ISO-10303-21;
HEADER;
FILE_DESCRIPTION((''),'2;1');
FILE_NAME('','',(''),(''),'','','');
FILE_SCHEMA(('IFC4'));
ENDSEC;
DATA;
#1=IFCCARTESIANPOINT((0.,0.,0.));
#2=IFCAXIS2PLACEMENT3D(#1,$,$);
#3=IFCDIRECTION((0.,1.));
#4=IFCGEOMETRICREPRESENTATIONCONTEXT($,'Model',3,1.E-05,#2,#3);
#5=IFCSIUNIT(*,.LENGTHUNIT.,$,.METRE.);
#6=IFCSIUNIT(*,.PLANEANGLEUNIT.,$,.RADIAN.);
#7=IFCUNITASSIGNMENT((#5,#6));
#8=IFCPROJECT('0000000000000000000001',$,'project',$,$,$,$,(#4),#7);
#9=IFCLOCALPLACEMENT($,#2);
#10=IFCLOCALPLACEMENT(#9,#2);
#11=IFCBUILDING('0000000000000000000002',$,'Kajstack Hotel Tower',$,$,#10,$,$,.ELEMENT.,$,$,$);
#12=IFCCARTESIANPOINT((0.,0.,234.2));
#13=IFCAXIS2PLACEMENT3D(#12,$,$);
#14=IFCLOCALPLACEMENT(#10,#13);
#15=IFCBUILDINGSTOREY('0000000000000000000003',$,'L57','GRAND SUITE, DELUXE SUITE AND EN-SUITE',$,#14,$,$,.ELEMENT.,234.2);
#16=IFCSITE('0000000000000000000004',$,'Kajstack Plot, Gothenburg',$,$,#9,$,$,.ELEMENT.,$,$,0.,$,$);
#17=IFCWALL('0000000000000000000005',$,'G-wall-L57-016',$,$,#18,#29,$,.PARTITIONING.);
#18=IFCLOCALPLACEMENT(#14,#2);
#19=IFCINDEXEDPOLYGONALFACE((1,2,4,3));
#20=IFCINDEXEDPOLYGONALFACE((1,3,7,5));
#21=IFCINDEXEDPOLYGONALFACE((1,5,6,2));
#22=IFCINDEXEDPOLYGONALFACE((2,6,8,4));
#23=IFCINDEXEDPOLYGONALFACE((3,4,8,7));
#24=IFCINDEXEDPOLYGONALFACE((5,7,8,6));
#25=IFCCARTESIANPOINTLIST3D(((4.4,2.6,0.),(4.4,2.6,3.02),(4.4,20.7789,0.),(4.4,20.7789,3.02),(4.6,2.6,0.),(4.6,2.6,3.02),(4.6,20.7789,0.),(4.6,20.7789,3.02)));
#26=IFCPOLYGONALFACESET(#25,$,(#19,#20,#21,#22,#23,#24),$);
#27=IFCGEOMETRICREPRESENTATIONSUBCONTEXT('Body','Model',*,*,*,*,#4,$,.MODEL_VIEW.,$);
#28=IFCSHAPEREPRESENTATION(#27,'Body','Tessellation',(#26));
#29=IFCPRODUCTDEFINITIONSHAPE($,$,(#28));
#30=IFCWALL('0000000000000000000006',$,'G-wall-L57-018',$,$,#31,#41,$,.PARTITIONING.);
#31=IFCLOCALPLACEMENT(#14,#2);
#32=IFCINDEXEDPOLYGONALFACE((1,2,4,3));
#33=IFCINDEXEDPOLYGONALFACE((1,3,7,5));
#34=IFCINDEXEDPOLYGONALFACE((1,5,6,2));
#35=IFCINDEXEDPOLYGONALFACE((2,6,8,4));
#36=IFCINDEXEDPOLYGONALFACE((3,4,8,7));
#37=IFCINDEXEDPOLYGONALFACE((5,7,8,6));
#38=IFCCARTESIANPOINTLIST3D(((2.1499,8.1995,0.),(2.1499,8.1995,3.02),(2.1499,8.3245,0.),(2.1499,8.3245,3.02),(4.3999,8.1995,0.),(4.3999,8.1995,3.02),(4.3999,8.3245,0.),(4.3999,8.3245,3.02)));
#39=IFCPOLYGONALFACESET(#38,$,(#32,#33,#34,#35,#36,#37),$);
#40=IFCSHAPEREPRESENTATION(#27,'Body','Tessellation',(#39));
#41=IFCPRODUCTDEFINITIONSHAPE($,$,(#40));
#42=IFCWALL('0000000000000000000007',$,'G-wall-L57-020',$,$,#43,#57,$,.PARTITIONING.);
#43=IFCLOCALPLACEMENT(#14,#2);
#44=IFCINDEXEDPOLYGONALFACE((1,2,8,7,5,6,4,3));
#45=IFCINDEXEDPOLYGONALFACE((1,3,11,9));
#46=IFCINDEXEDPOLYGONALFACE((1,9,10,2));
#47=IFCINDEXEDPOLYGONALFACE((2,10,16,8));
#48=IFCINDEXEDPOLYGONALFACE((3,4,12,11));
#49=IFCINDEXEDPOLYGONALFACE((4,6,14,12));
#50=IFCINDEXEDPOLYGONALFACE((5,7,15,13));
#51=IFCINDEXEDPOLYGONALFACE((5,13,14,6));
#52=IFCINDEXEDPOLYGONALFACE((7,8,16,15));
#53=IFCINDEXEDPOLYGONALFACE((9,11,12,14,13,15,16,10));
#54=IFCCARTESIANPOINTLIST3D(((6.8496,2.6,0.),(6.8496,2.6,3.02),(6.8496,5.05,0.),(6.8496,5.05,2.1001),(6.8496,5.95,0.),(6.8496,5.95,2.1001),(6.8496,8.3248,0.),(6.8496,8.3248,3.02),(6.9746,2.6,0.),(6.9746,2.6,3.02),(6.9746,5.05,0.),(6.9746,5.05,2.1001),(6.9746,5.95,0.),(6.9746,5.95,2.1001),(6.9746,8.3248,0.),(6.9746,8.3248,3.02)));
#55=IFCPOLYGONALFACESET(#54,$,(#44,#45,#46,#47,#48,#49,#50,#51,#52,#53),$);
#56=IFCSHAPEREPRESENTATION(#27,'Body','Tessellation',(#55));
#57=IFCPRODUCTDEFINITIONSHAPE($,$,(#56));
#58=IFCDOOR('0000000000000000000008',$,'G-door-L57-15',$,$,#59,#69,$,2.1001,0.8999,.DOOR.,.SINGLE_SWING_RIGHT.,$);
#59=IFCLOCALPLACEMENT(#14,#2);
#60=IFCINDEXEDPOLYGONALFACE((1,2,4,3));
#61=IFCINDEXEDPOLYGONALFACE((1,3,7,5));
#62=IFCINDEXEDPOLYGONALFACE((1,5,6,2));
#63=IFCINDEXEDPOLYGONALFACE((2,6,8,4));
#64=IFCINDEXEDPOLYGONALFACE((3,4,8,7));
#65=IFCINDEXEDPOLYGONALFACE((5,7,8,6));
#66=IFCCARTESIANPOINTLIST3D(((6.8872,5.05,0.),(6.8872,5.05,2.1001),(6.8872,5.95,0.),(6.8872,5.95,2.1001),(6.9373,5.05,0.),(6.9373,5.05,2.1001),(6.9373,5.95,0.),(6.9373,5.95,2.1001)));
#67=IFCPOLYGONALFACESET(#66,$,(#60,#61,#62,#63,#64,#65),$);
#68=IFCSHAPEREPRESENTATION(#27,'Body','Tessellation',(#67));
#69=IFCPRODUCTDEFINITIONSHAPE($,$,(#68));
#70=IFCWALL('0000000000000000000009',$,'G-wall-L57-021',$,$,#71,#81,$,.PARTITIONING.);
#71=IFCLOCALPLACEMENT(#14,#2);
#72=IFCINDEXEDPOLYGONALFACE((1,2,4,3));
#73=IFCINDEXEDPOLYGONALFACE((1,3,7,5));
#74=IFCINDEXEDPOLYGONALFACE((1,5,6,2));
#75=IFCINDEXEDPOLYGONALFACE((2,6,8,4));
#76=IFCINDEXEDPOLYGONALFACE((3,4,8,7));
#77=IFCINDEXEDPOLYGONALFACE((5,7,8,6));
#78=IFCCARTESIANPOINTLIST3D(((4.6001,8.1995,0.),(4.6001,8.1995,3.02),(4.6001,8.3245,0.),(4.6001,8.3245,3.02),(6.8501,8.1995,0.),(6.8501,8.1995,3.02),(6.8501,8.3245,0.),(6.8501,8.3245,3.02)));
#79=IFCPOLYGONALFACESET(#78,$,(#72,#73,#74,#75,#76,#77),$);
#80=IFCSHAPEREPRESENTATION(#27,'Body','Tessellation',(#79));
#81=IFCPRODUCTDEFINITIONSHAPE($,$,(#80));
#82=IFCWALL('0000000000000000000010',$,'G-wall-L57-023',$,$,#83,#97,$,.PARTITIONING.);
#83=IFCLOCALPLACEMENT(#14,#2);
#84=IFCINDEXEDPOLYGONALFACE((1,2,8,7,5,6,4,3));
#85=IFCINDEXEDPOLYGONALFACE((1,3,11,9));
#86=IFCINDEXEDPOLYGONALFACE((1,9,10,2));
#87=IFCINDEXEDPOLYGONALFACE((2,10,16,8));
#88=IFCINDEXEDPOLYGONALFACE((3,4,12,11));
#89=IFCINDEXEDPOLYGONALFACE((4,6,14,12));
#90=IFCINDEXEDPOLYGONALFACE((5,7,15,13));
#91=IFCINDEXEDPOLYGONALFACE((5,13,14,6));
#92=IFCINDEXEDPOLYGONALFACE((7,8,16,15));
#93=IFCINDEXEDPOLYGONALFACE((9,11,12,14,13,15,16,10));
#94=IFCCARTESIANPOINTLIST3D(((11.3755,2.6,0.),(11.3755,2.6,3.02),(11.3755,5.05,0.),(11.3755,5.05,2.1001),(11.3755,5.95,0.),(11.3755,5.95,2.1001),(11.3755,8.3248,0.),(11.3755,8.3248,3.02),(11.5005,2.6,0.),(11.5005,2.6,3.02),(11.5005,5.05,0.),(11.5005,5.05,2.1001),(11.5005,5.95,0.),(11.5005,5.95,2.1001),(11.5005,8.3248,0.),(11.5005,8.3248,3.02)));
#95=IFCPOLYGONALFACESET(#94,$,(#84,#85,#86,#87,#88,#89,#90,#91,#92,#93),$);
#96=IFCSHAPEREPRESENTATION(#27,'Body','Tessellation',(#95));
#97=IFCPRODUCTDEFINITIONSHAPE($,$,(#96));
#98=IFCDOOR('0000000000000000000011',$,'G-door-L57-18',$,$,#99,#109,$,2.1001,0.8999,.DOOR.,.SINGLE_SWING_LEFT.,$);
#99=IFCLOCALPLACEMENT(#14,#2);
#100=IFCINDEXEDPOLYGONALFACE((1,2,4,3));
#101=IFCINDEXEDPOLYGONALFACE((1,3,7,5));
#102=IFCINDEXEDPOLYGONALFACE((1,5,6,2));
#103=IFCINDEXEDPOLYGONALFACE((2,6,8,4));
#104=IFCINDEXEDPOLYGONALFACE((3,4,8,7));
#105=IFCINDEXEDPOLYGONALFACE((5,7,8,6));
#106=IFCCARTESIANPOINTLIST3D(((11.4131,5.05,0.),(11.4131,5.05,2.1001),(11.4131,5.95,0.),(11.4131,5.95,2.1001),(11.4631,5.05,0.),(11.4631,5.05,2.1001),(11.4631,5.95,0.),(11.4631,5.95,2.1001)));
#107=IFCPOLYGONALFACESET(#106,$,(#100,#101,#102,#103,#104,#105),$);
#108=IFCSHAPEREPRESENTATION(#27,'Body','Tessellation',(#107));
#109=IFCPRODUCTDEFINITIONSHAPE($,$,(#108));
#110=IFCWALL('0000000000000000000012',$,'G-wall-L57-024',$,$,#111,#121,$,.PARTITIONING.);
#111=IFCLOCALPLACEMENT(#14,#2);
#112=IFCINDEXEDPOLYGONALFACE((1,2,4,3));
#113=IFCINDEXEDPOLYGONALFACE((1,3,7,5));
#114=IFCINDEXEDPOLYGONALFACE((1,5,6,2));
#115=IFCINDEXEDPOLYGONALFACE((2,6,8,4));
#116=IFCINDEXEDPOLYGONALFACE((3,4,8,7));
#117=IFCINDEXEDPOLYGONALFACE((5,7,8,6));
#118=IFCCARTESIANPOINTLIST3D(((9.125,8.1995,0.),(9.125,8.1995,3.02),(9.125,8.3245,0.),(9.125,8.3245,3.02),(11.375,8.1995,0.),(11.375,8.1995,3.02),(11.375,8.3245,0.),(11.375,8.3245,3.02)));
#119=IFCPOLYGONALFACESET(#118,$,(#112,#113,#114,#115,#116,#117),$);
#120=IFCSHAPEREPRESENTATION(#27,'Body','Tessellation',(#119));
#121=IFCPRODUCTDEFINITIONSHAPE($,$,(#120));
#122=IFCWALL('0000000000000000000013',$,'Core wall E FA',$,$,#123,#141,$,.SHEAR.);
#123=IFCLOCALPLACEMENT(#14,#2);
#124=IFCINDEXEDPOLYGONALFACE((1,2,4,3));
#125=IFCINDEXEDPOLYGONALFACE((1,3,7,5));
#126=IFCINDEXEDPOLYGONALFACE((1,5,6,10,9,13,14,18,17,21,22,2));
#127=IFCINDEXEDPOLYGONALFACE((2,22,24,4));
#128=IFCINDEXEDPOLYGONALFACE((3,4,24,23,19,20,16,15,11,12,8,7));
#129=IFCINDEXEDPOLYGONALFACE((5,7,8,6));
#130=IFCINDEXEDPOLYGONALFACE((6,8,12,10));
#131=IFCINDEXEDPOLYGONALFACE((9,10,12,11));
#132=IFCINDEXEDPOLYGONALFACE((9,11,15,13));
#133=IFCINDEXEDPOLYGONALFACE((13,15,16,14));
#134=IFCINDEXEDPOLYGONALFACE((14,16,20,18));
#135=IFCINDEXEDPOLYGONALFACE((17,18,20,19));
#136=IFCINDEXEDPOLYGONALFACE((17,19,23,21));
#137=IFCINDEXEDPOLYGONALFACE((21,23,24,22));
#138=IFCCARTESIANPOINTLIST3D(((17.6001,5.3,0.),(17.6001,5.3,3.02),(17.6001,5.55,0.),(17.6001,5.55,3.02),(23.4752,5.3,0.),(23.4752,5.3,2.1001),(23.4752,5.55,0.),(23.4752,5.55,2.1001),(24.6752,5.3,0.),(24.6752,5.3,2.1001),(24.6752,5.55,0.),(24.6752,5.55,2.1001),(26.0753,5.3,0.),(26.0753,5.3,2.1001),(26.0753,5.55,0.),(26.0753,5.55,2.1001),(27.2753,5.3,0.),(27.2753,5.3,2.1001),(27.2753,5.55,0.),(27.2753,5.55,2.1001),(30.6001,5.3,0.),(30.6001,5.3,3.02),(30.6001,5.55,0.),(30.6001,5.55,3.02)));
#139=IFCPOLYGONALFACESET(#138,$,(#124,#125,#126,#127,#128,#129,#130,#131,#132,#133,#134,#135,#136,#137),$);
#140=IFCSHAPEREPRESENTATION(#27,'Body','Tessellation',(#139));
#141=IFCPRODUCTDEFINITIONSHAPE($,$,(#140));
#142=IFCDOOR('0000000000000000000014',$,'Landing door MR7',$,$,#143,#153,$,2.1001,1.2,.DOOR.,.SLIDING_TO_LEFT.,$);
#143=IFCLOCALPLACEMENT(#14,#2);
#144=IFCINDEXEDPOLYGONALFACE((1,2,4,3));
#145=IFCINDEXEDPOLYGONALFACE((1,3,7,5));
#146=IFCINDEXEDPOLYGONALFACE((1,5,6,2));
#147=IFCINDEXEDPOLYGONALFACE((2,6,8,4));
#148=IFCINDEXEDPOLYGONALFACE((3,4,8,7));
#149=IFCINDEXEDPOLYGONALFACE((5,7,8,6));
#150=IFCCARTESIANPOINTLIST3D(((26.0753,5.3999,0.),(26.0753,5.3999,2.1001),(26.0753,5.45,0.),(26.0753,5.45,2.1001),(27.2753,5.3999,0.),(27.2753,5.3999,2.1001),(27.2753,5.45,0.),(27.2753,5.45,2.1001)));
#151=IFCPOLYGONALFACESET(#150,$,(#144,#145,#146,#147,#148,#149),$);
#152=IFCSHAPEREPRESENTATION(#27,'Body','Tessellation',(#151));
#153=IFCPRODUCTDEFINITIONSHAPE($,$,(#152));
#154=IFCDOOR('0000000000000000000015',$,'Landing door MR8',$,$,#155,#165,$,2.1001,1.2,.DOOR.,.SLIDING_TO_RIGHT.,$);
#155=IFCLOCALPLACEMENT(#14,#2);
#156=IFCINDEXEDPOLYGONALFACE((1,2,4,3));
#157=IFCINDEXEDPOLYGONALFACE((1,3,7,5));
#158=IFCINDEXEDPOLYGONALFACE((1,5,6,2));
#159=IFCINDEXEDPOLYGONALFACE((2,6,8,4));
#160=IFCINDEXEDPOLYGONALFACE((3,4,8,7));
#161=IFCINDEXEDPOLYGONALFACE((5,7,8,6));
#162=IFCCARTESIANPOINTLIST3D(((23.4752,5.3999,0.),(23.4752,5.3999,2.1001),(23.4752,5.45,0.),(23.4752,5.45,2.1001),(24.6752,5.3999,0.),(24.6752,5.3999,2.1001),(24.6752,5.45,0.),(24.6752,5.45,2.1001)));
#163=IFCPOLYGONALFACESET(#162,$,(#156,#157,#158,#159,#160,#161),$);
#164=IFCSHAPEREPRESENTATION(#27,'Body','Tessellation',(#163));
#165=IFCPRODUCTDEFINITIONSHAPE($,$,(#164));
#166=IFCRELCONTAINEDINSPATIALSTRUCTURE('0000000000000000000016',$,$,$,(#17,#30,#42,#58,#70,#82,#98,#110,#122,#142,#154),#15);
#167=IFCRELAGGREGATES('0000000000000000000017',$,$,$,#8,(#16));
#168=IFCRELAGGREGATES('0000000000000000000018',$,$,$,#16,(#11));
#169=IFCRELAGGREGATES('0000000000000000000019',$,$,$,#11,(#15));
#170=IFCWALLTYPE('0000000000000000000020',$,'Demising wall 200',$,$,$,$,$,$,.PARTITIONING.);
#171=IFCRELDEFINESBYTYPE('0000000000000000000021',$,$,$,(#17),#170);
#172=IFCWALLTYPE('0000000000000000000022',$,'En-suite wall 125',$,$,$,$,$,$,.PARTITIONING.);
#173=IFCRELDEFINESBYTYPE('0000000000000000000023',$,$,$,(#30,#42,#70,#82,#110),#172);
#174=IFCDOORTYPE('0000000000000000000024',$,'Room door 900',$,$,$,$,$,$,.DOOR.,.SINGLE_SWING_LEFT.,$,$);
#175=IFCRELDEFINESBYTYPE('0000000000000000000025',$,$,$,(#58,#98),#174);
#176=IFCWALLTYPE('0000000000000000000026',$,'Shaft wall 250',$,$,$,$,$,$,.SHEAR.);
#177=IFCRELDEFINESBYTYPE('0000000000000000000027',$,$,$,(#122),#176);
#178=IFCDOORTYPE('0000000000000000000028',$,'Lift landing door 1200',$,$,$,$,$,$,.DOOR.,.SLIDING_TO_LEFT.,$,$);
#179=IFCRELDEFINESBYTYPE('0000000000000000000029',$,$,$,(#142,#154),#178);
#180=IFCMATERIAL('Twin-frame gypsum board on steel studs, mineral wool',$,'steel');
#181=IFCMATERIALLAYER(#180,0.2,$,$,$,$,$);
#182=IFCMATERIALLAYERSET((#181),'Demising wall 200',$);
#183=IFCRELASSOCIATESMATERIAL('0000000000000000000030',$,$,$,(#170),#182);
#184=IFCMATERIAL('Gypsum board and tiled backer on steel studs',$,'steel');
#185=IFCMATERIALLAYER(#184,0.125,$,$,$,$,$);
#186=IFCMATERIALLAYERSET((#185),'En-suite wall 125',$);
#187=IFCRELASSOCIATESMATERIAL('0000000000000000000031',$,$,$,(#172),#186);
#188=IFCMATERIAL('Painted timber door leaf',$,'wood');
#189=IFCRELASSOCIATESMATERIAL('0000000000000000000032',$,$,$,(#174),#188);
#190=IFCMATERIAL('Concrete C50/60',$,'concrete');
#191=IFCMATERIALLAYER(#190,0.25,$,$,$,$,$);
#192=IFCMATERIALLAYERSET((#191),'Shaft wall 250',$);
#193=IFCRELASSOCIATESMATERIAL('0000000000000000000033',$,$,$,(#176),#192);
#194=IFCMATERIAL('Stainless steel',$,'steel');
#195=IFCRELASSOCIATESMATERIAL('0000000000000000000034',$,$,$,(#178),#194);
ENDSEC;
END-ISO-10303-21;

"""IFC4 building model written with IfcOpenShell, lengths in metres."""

from ifc_helpers import new_model, si_unit, direction, frame, frame_2d, origin, place, context, subcontext, project, spatial, rectangle, extrude, material, layer, layer_set, type_object, element, fill, save


model = new_model("IFC4")

# Units and contexts
model_context = context("Model", 3, precision=1e-05, world=origin(), true_north=direction((0.0, 1.0)))
body_context = subcontext(model_context, "Body", "Model", "MODEL_VIEW")
ifc_project = project(units=[si_unit("LENGTHUNIT", "METRE"), si_unit("PLANEANGLEUNIT", "RADIAN")], contexts=[model_context])

# Site, building, storey
site_placement = place(None, origin())
site = spatial("IfcSite", under=ifc_project, at=site_placement, Name="Kajstack Plot, Gothenburg", CompositionType="ELEMENT", RefElevation=0.0)
building_placement = place(site_placement, origin())
building = spatial("IfcBuilding", under=site, at=building_placement, Name="Kajstack Hotel Tower", CompositionType="ELEMENT")
storey_placement = place(building_placement, frame((0.0, 0.0, 234.2)))
storey = spatial("IfcBuildingStorey", under=building, at=storey_placement, Name="L57", Description="GRAND SUITE, DELUXE SUITE AND EN-SUITE", CompositionType="ELEMENT", Elevation=234.2)

# Walls
ifc_material_1 = material(Name="Twin-frame gypsum board on steel studs, mineral wool", Category="steel")
ifc_layer_1 = layer(ifc_material_1, 0.2)
ifc_layer_set_1 = layer_set([ifc_layer_1], Name="Demising wall 200")
wall_type_1 = type_object("IfcWallType", Name="Demising wall 200", PredefinedType="PARTITIONING", material=ifc_layer_set_1)
wall_1_placement = place(storey_placement, frame((4.5, 2.6001, 0.0), z_axis=(0.0, 0.0, 1.0), x_axis=(0.0, 1.0, 0.0)))
element("IfcWall", 1, at=wall_1_placement, inside=storey, type_object=wall_type_1, Name="G-wall-L57-016", PredefinedType="PARTITIONING", context=body_context, shape_type="SweptSolid", body=[
    extrude(rectangle(XDim=18.179, YDim=0.2, at=frame_2d((9.0894, 0.0))), origin(), (0.0, 0.0, 1.0), 3.02),
])
ifc_material_2 = material(Name="Gypsum board and tiled backer on steel studs", Category="steel")
ifc_layer_2 = layer(ifc_material_2, 0.125)
ifc_layer_set_2 = layer_set([ifc_layer_2], Name="En-suite wall 125")
wall_type_2 = type_object("IfcWallType", Name="En-suite wall 125", PredefinedType="PARTITIONING", material=ifc_layer_set_2)
wall_2_placement = place(storey_placement, frame((2.1499, 8.262, 0.0), z_axis=(0.0, 0.0, 1.0), x_axis=(1.0, 0.0, 0.0)))
element("IfcWall", 2, at=wall_2_placement, inside=storey, type_object=wall_type_2, Name="G-wall-L57-018", PredefinedType="PARTITIONING", context=body_context, shape_type="SweptSolid", body=[
    extrude(rectangle(XDim=2.25, YDim=0.125, at=frame_2d((1.125, 0.0))), origin(), (0.0, 0.0, 1.0), 3.02),
])

# Wall, opening, door
wall_3_placement = place(storey_placement, frame((6.9121, 2.6001, 0.0), z_axis=(0.0, 0.0, 1.0), x_axis=(0.0, 1.0, 0.0)))
wall_3 = element("IfcWall", 3, at=wall_3_placement, inside=storey, type_object=wall_type_2, Name="G-wall-L57-020", PredefinedType="PARTITIONING", context=body_context, shape_type="SweptSolid", body=[
    extrude(rectangle(XDim=5.7249, YDim=0.125, at=frame_2d((2.8623, 0.0))), origin(), (0.0, 0.0, 1.0), 3.02),
])
opening_1_placement = place(wall_3_placement, frame((2.45, 0.0, 0.0)))
opening_1 = element("IfcOpeningElement", 4, at=opening_1_placement, cuts=wall_3, PredefinedType="OPENING", context=body_context, shape_type="SweptSolid", body=[
    extrude(rectangle(XDim=0.8999, YDim=2.1001, at=frame_2d((0.45, 1.05))), frame((0.0, 0.0725, 0.0), z_axis=(0.0, -1.0, 0.0), x_axis=(1.0, 0.0, 0.0)), (0.0, 0.0, 1.0), 0.145),
])
ifc_material_3 = material(Name="Painted timber door leaf", Category="wood")
door_type_1 = type_object("IfcDoorType", Name="Room door 900", OperationType="SINGLE_SWING_LEFT", PredefinedType="DOOR", material=ifc_material_3)
door_1_placement = place(opening_1_placement, origin())
door_1 = element("IfcDoor", 5, at=door_1_placement, inside=storey, type_object=door_type_1, Name="G-door-L57-15", OperationType="SINGLE_SWING_RIGHT", OverallHeight=2.1001, OverallWidth=0.8999, PredefinedType="DOOR", context=body_context, shape_type="SweptSolid", body=[
    extrude(rectangle(XDim=0.8999, YDim=2.1001, at=frame_2d((0.45, 1.05))), frame((0.0, 0.0249, 0.0), z_axis=(0.0, -1.0, 0.0), x_axis=(1.0, 0.0, 0.0)), (0.0, 0.0, 1.0), 0.05),
])
fill(opening_1, door_1)

# Wall
wall_4_placement = place(storey_placement, frame((4.6001, 8.262, 0.0), z_axis=(0.0, 0.0, 1.0), x_axis=(1.0, 0.0, 0.0)))
element("IfcWall", 6, at=wall_4_placement, inside=storey, type_object=wall_type_2, Name="G-wall-L57-021", PredefinedType="PARTITIONING", context=body_context, shape_type="SweptSolid", body=[
    extrude(rectangle(XDim=2.25, YDim=0.125, at=frame_2d((1.125, 0.0))), origin(), (0.0, 0.0, 1.0), 3.02),
])

# Wall, opening, door
wall_5_placement = place(storey_placement, frame((11.438, 2.6001, 0.0), z_axis=(0.0, 0.0, 1.0), x_axis=(0.0, 1.0, 0.0)))
wall_5 = element("IfcWall", 7, at=wall_5_placement, inside=storey, type_object=wall_type_2, Name="G-wall-L57-023", PredefinedType="PARTITIONING", context=body_context, shape_type="SweptSolid", body=[
    extrude(rectangle(XDim=5.7249, YDim=0.125, at=frame_2d((2.8623, 0.0))), origin(), (0.0, 0.0, 1.0), 3.02),
])
opening_2_placement = place(wall_5_placement, frame((2.45, 0.0, 0.0)))
opening_2 = element("IfcOpeningElement", 8, at=opening_2_placement, cuts=wall_5, PredefinedType="OPENING", context=body_context, shape_type="SweptSolid", body=[
    extrude(rectangle(XDim=0.8999, YDim=2.1001, at=frame_2d((0.45, 1.05))), frame((0.0, 0.0725, 0.0), z_axis=(0.0, -1.0, 0.0), x_axis=(1.0, 0.0, 0.0)), (0.0, 0.0, 1.0), 0.145),
])
door_2_placement = place(opening_2_placement, origin())
door_2 = element("IfcDoor", 9, at=door_2_placement, inside=storey, type_object=door_type_1, Name="G-door-L57-18", OperationType="SINGLE_SWING_LEFT", OverallHeight=2.1001, OverallWidth=0.8999, PredefinedType="DOOR", context=body_context, shape_type="SweptSolid", body=[
    extrude(rectangle(XDim=0.8999, YDim=2.1001, at=frame_2d((0.45, 1.05))), frame((0.0, 0.0249, 0.0), z_axis=(0.0, -1.0, 0.0), x_axis=(1.0, 0.0, 0.0)), (0.0, 0.0, 1.0), 0.05),
])
fill(opening_2, door_2)

# Wall
wall_6_placement = place(storey_placement, frame((9.125, 8.262, 0.0), z_axis=(0.0, 0.0, 1.0), x_axis=(1.0, 0.0, 0.0)))
element("IfcWall", 10, at=wall_6_placement, inside=storey, type_object=wall_type_2, Name="G-wall-L57-024", PredefinedType="PARTITIONING", context=body_context, shape_type="SweptSolid", body=[
    extrude(rectangle(XDim=2.25, YDim=0.125, at=frame_2d((1.125, 0.0))), origin(), (0.0, 0.0, 1.0), 3.02),
])

# Wall, openings, doors
ifc_material_4 = material(Name="Concrete C50/60", Category="concrete")
ifc_layer_3 = layer(ifc_material_4, 0.25)
ifc_layer_set_3 = layer_set([ifc_layer_3], Name="Shaft wall 250")
wall_type_3 = type_object("IfcWallType", Name="Shaft wall 250", PredefinedType="SHEAR", material=ifc_layer_set_3)
wall_7_placement = place(storey_placement, frame((17.6001, 5.425, 0.0), z_axis=(0.0, 0.0, 1.0), x_axis=(1.0, 0.0, 0.0)))
wall_7 = element("IfcWall", 11, at=wall_7_placement, inside=storey, type_object=wall_type_3, Name="Core wall E FA", PredefinedType="SHEAR", context=body_context, shape_type="SweptSolid", body=[
    extrude(rectangle(XDim=13.0, YDim=0.25, at=frame_2d((6.5, 0.0))), origin(), (0.0, 0.0, 1.0), 3.02),
])
opening_3_placement = place(wall_7_placement, frame((8.4751, 0.0, 0.0)))
opening_3 = element("IfcOpeningElement", 12, at=opening_3_placement, cuts=wall_7, PredefinedType="OPENING", context=body_context, shape_type="SweptSolid", body=[
    extrude(rectangle(XDim=1.2, YDim=2.1001, at=frame_2d((0.6001, 1.05))), frame((0.0, 0.135, 0.0), z_axis=(0.0, -1.0, 0.0), x_axis=(1.0, 0.0, 0.0)), (0.0, 0.0, 1.0), 0.27),
])
opening_4_placement = place(wall_7_placement, frame((5.875, 0.0, 0.0)))
opening_4 = element("IfcOpeningElement", 13, at=opening_4_placement, cuts=wall_7, PredefinedType="OPENING", context=body_context, shape_type="SweptSolid", body=[
    extrude(rectangle(XDim=1.2, YDim=2.1001, at=frame_2d((0.6001, 1.05))), frame((0.0, 0.135, 0.0), z_axis=(0.0, -1.0, 0.0), x_axis=(1.0, 0.0, 0.0)), (0.0, 0.0, 1.0), 0.27),
])
ifc_material_5 = material(Name="Stainless steel", Category="steel")
door_type_2 = type_object("IfcDoorType", Name="Lift landing door 1200", OperationType="SLIDING_TO_LEFT", PredefinedType="DOOR", material=ifc_material_5)
door_3_placement = place(opening_3_placement, origin())
door_3 = element("IfcDoor", 14, at=door_3_placement, inside=storey, type_object=door_type_2, Name="Landing door MR7", OperationType="SLIDING_TO_LEFT", OverallHeight=2.1001, OverallWidth=1.2, PredefinedType="DOOR", context=body_context, shape_type="SweptSolid", body=[
    extrude(rectangle(XDim=1.2, YDim=2.1001, at=frame_2d((0.6001, 1.05))), frame((0.0, 0.0249, 0.0), z_axis=(0.0, -1.0, 0.0), x_axis=(1.0, 0.0, 0.0)), (0.0, 0.0, 1.0), 0.05),
])
fill(opening_3, door_3)
door_4_placement = place(opening_4_placement, origin())
door_4 = element("IfcDoor", 15, at=door_4_placement, inside=storey, type_object=door_type_2, Name="Landing door MR8", OperationType="SLIDING_TO_RIGHT", OverallHeight=2.1001, OverallWidth=1.2, PredefinedType="DOOR", context=body_context, shape_type="SweptSolid", body=[
    extrude(rectangle(XDim=1.2, YDim=2.1001, at=frame_2d((0.6001, 1.05))), frame((0.0, 0.0249, 0.0), z_axis=(0.0, -1.0, 0.0), x_axis=(1.0, 0.0, 0.0)), (0.0, 0.0, 1.0), 0.05),
])
fill(opening_4, door_4)

save(model, "model.ifc")
